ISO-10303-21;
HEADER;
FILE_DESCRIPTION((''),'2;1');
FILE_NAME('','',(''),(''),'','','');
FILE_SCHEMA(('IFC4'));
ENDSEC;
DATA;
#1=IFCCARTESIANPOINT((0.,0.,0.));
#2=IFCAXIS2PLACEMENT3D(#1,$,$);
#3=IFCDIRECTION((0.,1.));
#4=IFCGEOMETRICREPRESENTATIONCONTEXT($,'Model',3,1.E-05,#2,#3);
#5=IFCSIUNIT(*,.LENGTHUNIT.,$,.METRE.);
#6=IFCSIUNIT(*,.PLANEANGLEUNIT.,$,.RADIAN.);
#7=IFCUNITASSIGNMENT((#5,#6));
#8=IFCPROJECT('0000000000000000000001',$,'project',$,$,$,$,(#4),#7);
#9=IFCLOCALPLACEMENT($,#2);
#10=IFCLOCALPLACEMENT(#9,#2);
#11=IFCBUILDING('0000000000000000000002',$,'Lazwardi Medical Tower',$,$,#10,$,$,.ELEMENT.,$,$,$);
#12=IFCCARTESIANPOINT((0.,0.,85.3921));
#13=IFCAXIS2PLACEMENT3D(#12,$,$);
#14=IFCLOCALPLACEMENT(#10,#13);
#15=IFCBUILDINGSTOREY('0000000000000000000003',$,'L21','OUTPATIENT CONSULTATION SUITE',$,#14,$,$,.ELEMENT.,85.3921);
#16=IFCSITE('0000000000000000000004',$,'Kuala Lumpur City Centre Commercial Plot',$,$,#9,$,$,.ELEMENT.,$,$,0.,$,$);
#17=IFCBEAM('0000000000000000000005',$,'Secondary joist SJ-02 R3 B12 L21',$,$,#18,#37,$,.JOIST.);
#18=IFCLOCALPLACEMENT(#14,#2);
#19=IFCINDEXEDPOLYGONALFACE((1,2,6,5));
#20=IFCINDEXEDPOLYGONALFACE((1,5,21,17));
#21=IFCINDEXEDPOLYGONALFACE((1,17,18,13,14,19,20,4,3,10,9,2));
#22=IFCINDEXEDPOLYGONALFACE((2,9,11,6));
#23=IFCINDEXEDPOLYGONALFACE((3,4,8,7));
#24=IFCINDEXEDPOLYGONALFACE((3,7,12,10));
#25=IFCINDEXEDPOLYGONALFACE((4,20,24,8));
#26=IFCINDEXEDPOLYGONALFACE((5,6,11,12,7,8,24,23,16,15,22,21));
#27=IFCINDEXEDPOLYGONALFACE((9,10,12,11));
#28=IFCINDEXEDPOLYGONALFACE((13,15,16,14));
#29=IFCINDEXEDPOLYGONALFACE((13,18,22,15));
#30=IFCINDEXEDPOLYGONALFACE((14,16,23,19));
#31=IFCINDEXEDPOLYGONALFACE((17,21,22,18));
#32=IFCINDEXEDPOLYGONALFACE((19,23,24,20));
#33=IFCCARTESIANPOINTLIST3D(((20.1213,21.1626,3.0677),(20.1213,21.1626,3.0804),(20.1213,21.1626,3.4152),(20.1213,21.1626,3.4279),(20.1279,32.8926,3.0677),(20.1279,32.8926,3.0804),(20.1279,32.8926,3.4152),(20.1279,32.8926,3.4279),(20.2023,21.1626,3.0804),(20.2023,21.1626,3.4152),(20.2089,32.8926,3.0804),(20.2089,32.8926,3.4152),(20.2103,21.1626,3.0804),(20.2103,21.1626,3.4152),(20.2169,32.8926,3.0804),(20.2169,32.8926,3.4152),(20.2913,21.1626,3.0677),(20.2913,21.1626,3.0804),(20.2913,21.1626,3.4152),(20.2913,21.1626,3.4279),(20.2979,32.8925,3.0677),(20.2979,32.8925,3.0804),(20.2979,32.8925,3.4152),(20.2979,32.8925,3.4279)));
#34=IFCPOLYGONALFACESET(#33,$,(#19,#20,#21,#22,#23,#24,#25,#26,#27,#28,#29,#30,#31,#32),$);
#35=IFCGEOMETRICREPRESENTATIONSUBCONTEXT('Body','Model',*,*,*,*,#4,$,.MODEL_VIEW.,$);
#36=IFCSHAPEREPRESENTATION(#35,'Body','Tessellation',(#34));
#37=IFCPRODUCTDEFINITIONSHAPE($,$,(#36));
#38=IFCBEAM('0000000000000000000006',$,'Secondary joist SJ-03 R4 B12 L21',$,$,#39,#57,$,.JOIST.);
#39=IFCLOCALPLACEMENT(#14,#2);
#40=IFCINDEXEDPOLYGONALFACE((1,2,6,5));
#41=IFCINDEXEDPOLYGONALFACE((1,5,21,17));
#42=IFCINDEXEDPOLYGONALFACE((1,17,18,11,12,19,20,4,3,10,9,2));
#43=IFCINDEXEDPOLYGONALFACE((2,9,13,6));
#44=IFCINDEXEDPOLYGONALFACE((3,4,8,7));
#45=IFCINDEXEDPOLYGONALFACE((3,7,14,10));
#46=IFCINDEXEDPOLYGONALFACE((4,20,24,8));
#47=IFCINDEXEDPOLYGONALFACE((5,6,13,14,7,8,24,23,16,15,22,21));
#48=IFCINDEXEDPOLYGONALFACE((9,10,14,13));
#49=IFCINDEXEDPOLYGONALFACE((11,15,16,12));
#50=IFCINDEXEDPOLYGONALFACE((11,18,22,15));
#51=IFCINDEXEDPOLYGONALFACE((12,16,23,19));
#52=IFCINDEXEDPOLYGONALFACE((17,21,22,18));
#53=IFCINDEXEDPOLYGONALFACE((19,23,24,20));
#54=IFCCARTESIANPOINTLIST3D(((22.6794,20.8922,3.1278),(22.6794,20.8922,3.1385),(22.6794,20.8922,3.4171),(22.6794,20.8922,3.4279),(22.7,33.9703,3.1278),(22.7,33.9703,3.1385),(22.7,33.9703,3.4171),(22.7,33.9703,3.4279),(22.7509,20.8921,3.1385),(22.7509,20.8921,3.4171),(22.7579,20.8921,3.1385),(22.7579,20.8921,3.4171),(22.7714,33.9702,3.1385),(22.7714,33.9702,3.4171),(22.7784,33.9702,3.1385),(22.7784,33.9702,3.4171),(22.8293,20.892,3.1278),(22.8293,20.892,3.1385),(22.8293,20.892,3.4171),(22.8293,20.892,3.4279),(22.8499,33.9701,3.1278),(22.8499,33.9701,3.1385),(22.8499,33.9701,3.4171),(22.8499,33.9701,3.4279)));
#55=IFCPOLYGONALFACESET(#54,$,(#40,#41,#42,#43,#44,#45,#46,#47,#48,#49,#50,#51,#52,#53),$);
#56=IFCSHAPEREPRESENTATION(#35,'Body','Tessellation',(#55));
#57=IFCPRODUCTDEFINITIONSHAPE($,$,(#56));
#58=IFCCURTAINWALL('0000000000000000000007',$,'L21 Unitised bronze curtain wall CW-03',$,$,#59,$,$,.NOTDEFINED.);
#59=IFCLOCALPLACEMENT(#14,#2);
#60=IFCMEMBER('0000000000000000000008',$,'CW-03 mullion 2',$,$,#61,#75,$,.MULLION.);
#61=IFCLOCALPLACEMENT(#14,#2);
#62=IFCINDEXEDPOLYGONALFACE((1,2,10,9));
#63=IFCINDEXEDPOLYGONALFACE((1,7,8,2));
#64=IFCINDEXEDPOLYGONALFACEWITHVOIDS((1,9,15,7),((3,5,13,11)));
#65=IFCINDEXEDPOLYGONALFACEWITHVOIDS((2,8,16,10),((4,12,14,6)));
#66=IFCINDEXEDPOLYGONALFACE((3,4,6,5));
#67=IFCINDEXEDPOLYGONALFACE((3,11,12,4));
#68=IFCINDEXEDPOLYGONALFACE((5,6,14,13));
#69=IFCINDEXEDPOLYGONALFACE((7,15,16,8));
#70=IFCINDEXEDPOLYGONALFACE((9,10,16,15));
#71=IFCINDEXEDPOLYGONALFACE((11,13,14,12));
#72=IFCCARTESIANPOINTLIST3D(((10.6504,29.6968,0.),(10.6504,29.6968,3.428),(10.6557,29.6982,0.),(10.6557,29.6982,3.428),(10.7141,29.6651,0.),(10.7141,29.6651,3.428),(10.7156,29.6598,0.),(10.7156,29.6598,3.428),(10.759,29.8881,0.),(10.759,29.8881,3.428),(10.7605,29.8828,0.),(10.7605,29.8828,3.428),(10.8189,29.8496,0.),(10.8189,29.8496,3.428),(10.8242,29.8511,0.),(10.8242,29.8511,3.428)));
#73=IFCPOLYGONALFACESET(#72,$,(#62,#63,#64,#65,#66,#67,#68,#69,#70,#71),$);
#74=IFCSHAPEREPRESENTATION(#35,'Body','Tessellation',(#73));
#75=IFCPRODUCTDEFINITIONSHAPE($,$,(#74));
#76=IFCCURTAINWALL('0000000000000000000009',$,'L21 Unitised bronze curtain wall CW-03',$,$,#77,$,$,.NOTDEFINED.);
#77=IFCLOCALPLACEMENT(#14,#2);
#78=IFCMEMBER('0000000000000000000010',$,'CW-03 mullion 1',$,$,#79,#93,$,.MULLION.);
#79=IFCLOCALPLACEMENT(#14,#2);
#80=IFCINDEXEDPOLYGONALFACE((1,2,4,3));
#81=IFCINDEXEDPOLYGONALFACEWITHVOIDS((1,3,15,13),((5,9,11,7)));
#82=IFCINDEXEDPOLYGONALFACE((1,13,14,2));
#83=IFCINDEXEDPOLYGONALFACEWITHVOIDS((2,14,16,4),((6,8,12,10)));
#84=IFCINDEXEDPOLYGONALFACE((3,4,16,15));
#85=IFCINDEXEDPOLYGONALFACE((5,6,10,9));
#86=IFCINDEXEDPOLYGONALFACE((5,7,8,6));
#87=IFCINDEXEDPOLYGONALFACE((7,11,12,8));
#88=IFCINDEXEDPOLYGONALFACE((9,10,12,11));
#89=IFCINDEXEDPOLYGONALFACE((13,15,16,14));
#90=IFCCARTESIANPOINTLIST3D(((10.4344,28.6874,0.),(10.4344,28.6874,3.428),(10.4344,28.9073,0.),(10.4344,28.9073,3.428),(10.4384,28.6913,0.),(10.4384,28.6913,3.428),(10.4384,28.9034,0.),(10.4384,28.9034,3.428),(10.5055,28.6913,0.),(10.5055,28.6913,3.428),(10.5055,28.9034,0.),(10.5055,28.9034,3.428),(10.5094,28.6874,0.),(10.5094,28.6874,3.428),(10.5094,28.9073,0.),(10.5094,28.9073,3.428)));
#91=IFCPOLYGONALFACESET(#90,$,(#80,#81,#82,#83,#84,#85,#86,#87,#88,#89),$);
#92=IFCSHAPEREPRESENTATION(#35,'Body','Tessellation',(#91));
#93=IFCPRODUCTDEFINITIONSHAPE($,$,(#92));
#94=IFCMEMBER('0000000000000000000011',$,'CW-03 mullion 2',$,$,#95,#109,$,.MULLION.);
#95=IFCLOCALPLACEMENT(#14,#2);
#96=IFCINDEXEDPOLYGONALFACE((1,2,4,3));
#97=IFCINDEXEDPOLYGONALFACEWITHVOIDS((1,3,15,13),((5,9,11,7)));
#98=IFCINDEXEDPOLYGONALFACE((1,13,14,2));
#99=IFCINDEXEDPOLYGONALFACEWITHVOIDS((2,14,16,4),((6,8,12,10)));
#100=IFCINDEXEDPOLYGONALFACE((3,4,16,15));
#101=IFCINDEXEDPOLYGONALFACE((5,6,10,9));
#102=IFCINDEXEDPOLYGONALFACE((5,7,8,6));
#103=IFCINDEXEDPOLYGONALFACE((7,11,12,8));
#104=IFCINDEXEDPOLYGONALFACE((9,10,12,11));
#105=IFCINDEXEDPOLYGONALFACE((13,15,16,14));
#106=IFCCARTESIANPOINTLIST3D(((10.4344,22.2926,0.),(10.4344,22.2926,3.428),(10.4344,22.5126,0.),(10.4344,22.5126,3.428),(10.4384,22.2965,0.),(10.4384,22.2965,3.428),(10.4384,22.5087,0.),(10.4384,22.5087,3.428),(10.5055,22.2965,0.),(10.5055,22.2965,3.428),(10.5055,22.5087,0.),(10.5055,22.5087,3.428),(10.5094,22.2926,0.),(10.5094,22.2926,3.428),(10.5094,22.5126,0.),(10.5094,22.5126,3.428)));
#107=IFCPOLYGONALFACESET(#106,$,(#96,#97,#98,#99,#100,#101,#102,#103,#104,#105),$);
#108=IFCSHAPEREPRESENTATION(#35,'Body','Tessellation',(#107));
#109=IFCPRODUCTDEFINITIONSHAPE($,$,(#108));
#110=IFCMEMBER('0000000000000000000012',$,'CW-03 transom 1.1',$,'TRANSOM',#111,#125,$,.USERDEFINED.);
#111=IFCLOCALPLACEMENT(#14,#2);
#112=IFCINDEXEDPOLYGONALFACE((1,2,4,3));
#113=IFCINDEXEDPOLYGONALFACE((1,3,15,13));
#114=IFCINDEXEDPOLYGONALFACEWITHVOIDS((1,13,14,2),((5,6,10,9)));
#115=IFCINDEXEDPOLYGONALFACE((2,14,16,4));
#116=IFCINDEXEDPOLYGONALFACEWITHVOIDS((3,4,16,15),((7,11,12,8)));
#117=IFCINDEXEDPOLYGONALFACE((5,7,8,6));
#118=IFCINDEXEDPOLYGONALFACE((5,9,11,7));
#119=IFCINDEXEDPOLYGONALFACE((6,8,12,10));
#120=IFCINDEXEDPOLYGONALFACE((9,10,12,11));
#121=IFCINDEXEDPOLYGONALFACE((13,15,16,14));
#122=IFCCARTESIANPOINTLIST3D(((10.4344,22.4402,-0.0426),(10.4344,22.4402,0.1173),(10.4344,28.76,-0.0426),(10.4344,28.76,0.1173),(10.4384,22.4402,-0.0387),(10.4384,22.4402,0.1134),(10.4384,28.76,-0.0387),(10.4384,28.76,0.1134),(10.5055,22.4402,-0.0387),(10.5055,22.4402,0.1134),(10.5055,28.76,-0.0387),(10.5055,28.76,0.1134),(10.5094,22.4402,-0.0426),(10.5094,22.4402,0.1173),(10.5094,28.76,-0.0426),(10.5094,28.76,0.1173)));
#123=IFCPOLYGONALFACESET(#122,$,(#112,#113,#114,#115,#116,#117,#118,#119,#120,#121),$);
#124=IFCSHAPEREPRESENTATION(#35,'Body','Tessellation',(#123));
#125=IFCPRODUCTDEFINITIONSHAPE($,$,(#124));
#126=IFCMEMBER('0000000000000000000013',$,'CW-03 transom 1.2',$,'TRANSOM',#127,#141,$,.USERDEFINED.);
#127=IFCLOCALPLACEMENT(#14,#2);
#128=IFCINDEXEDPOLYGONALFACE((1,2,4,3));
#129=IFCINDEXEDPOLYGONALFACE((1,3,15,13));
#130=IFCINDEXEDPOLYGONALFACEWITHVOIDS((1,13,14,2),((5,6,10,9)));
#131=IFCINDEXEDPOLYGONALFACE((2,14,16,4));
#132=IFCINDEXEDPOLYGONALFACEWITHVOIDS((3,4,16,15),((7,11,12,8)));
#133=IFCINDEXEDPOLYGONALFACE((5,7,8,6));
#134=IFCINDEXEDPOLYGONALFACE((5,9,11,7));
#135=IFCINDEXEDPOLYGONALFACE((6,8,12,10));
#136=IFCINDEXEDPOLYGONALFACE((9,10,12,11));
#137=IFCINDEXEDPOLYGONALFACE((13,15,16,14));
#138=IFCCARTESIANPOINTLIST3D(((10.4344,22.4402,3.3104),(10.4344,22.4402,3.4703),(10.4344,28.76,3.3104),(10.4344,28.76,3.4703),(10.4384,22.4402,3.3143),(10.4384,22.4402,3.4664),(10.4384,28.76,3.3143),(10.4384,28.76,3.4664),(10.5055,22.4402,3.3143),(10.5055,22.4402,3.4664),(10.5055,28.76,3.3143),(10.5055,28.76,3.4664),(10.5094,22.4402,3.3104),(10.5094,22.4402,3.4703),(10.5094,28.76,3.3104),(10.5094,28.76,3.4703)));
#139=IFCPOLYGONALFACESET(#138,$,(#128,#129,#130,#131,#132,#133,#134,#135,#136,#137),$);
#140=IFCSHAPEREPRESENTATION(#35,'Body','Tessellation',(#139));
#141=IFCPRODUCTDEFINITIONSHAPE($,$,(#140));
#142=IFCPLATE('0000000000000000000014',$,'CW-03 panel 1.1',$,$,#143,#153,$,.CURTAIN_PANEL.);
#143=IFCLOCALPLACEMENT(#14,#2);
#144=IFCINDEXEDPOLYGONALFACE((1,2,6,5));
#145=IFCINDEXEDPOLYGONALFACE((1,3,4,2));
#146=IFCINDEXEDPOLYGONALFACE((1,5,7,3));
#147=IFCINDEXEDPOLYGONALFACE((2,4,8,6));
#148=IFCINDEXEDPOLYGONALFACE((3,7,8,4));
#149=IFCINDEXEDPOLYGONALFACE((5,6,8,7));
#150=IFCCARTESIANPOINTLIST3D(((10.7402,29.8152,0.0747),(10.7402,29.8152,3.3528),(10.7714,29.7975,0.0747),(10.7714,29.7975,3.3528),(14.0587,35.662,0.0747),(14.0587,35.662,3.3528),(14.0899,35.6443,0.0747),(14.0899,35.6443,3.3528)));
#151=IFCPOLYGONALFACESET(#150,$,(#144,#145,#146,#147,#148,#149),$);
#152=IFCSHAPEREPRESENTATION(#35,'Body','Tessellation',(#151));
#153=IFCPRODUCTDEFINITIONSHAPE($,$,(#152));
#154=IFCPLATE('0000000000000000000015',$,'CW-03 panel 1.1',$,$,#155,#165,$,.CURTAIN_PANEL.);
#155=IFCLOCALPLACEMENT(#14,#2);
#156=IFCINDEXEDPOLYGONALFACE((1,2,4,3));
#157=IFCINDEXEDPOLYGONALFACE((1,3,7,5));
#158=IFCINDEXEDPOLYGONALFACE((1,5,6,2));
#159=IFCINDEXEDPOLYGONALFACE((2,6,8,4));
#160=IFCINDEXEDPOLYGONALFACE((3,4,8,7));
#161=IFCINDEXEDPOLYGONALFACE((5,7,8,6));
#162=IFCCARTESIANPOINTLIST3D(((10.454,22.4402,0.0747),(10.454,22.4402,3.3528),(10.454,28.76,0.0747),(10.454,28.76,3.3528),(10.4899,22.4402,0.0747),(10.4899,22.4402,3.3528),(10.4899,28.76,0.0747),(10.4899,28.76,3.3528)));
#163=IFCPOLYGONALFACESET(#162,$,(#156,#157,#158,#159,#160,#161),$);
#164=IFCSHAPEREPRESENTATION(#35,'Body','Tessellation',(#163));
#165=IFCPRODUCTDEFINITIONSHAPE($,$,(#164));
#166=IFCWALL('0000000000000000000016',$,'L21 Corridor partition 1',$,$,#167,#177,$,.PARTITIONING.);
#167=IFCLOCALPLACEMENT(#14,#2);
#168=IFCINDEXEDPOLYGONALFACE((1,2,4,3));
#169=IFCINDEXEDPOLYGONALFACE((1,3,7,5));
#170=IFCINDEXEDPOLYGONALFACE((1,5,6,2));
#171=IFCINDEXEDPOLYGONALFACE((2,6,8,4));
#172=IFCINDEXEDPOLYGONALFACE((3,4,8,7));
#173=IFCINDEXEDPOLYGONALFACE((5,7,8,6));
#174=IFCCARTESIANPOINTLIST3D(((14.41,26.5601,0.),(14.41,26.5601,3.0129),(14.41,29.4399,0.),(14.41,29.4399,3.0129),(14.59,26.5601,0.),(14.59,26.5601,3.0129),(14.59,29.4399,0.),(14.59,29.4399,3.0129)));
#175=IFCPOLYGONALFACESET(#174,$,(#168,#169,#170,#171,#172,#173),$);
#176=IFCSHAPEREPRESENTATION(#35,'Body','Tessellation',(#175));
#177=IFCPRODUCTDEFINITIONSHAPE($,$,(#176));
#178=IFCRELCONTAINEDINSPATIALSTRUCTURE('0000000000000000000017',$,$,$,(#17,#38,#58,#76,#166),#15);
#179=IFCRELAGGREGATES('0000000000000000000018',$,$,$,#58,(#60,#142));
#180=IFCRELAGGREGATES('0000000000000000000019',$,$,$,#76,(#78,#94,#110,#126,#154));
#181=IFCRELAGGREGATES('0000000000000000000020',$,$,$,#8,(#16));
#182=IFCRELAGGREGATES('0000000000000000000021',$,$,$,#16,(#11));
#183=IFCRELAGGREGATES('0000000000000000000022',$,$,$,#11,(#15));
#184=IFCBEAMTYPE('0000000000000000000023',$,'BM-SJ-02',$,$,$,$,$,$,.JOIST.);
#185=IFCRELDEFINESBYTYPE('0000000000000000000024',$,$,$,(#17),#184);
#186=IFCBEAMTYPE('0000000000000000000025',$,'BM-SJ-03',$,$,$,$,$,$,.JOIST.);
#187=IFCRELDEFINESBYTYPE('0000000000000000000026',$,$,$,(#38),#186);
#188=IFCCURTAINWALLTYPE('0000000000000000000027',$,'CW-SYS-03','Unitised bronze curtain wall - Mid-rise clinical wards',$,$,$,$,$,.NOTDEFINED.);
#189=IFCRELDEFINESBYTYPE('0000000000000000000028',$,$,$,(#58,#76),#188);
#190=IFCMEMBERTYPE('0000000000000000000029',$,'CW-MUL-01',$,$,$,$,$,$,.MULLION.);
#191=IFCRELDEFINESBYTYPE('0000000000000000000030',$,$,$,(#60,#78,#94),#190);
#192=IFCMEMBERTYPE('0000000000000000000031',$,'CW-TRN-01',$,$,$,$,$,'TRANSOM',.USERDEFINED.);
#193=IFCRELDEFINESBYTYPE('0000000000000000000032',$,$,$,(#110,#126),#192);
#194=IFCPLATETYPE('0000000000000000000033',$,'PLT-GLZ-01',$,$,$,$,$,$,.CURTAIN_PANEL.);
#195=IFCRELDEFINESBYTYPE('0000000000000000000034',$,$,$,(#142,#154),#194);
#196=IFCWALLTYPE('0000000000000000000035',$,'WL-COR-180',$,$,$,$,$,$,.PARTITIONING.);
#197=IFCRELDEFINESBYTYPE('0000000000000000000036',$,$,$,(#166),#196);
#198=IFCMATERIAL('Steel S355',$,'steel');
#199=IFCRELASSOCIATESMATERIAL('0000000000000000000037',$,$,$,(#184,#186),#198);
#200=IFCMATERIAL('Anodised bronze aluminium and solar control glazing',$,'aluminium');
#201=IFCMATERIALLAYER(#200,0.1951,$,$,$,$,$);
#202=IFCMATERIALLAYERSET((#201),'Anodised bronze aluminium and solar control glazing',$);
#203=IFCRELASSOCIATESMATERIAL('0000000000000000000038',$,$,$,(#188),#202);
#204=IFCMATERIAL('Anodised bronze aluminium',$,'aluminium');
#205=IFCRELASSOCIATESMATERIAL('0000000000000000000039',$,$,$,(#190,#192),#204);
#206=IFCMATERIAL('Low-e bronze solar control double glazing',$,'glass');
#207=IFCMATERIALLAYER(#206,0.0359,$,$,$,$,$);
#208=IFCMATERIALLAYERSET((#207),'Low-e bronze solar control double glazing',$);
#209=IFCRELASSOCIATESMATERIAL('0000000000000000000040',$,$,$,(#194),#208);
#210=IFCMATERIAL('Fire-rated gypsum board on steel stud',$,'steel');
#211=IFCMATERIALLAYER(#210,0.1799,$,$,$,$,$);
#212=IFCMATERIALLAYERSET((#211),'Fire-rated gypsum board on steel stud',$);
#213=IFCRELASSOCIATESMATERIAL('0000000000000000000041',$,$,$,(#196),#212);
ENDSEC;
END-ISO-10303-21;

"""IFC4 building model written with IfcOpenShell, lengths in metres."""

from ifc_helpers import new_model, si_unit, direction, frame, frame_2d, origin, origin_2d, place, context, subcontext, project, spatial, rectangle, hollow_rectangle, i_section, extrude, material, layer, layer_set, material_profile, profile_set, type_object, element, aggregate, save


model = new_model("IFC4")

# Units and contexts
model_context = context("Model", 3, precision=1e-05, world=origin(), true_north=direction((0.0, 1.0)))
body_context = subcontext(model_context, "Body", "Model", "MODEL_VIEW")
ifc_project = project(units=[si_unit("LENGTHUNIT", "METRE"), si_unit("PLANEANGLEUNIT", "RADIAN")], contexts=[model_context])

# Site, building, storey
site_placement = place(None, origin())
site = spatial("IfcSite", under=ifc_project, at=site_placement, Name="Kuala Lumpur City Centre Commercial Plot", CompositionType="ELEMENT", RefElevation=0.0)
building_placement = place(site_placement, origin())
building = spatial("IfcBuilding", under=site, at=building_placement, Name="Lazwardi Medical Tower", CompositionType="ELEMENT")
storey_placement = place(building_placement, frame((0.0, 0.0, 85.3921)))
storey = spatial("IfcBuildingStorey", under=building, at=storey_placement, Name="L21", Description="OUTPATIENT CONSULTATION SUITE", CompositionType="ELEMENT", Elevation=85.3921)

# Beams
ifc_material_1 = material(Name="Steel S355", Category="steel")
ifc_material_profile_1 = material_profile(ifc_material_1, i_section(OverallWidth=0.1699, OverallDepth=0.3601, WebThickness=0.0081, FlangeThickness=0.0127, at=origin_2d()), Name="IPE 360")
ifc_profile_set_1 = profile_set([ifc_material_profile_1], Name="Steel S355")
beam_type_1 = type_object("IfcBeamType", Name="BM-SJ-02", PredefinedType="JOIST", material=ifc_profile_set_1)
beam_1_placement = place(storey_placement, frame((20.2129, 32.8926, 3.2478), z_axis=(-0.000562, -1.0, 0.0), x_axis=(1.0, -0.000562, 0.0)))
element("IfcBeam", 1, at=beam_1_placement, inside=storey, type_object=beam_type_1, Name="Secondary joist SJ-02 R3 B12 L21", PredefinedType="JOIST", context=body_context, shape_type="SweptSolid", body=[
    extrude(i_section(OverallWidth=0.1699, OverallDepth=0.3601, WebThickness=0.0081, FlangeThickness=0.0127, at=origin_2d()), origin(), (0.0, 0.0, 1.0), 11.73),
])
ifc_material_profile_2 = material_profile(ifc_material_1, i_section(OverallWidth=0.1499, OverallDepth=0.3, WebThickness=0.0071, FlangeThickness=0.0107, at=origin_2d()), Name="IPE 300")
ifc_profile_set_2 = profile_set([ifc_material_profile_2], Name="Steel S355")
beam_type_2 = type_object("IfcBeamType", Name="BM-SJ-03", PredefinedType="JOIST", material=ifc_profile_set_2)
beam_2_placement = place(storey_placement, frame((22.7749, 33.9702, 3.2778), z_axis=(-0.001568, -0.999999, 0.0), x_axis=(0.999999, -0.001568, 0.0)))
element("IfcBeam", 2, at=beam_2_placement, inside=storey, type_object=beam_type_2, Name="Secondary joist SJ-03 R4 B12 L21", PredefinedType="JOIST", context=body_context, shape_type="SweptSolid", body=[
    extrude(i_section(OverallWidth=0.1499, OverallDepth=0.3, WebThickness=0.0071, FlangeThickness=0.0107, at=origin_2d()), origin(), (0.0, 0.0, 1.0), 13.0781),
])

# Curtain wall, member
ifc_material_2 = material(Name="Anodised bronze aluminium and solar control glazing", Category="aluminium")
ifc_layer_1 = layer(ifc_material_2, 0.1951)
ifc_layer_set_1 = layer_set([ifc_layer_1], Name="Anodised bronze aluminium and solar control glazing")
curtain_wall_type = type_object("IfcCurtainWallType", Name="CW-SYS-03", Description="Unitised bronze curtain wall - Mid-rise clinical wards", PredefinedType="NOTDEFINED", material=ifc_layer_set_1)
curtain_wall_1_placement = place(storey_placement, origin())
curtain_wall_1 = element("IfcCurtainWall", 3, at=curtain_wall_1_placement, inside=storey, type_object=curtain_wall_type, Name="L21 Unitised bronze curtain wall CW-03", PredefinedType="NOTDEFINED")
ifc_material_3 = material(Name="Anodised bronze aluminium", Category="aluminium")
ifc_material_profile_3 = material_profile(ifc_material_3, hollow_rectangle(XDim=0.075, YDim=0.22, WallThickness=0.0039, at=origin_2d()), Name="ALU-MULLION 220x75x4")
ifc_profile_set_3 = profile_set([ifc_material_profile_3], Name="Anodised bronze aluminium")
member_type_1 = type_object("IfcMemberType", Name="CW-MUL-01", PredefinedType="MULLION", material=ifc_profile_set_3)
member_1_placement = place(storey_placement, frame((10.7373, 29.7739, 0.0), z_axis=(0.0, 0.0, 1.0), x_axis=(0.869687, -0.493603, 0.0)))
member_1 = element("IfcMember", 4, at=member_1_placement, type_object=member_type_1, Name="CW-03 mullion 2", PredefinedType="MULLION", context=body_context, shape_type="SweptSolid", body=[
    extrude(hollow_rectangle(XDim=0.075, YDim=0.22, WallThickness=0.0039, at=origin_2d()), origin(), (0.0, 0.0, 1.0), 3.428),
])

# Curtain wall, members
curtain_wall_2_placement = place(storey_placement, origin())
curtain_wall_2 = element("IfcCurtainWall", 5, at=curtain_wall_2_placement, inside=storey, type_object=curtain_wall_type, Name="L21 Unitised bronze curtain wall CW-03", PredefinedType="NOTDEFINED")
member_2_placement = place(storey_placement, frame((10.4719, 28.7974, 0.0), z_axis=(0.0, 0.0, 1.0), x_axis=(1.0, 0.0, 0.0)))
member_2 = element("IfcMember", 6, at=member_2_placement, type_object=member_type_1, Name="CW-03 mullion 1", PredefinedType="MULLION", context=body_context, shape_type="SweptSolid", body=[
    extrude(hollow_rectangle(XDim=0.075, YDim=0.22, WallThickness=0.0039, at=origin_2d()), origin(), (0.0, 0.0, 1.0), 3.428),
])
member_3_placement = place(storey_placement, frame((10.4719, 22.4026, 0.0), z_axis=(0.0, 0.0, 1.0), x_axis=(1.0, 0.0, 0.0)))
member_3 = element("IfcMember", 7, at=member_3_placement, type_object=member_type_1, Name="CW-03 mullion 2", PredefinedType="MULLION", context=body_context, shape_type="SweptSolid", body=[
    extrude(hollow_rectangle(XDim=0.075, YDim=0.22, WallThickness=0.0039, at=origin_2d()), origin(), (0.0, 0.0, 1.0), 3.428),
])
ifc_material_profile_4 = material_profile(ifc_material_3, hollow_rectangle(XDim=0.075, YDim=0.1599, WallThickness=0.0039, at=origin_2d()), Name="ALU-TRANSOM 160x75x4")
ifc_profile_set_4 = profile_set([ifc_material_profile_4], Name="Anodised bronze aluminium")
member_type_2 = type_object("IfcMemberType", Name="CW-TRN-01", ElementType="TRANSOM", PredefinedType="USERDEFINED", material=ifc_profile_set_4)
member_4_placement = place(storey_placement, frame((10.4719, 28.76, 0.0374), z_axis=(0.0, -1.0, 0.0), x_axis=(1.0, 0.0, 0.0)))
member_4 = element("IfcMember", 8, at=member_4_placement, type_object=member_type_2, Name="CW-03 transom 1.1", ObjectType="TRANSOM", PredefinedType="USERDEFINED", context=body_context, shape_type="SweptSolid", body=[
    extrude(hollow_rectangle(XDim=0.075, YDim=0.1599, WallThickness=0.0039, at=origin_2d()), origin(), (0.0, 0.0, 1.0), 6.3198),
])
member_5_placement = place(storey_placement, frame((10.4719, 28.76, 3.3904), z_axis=(0.0, -1.0, 0.0), x_axis=(1.0, 0.0, 0.0)))
member_5 = element("IfcMember", 9, at=member_5_placement, type_object=member_type_2, Name="CW-03 transom 1.2", ObjectType="TRANSOM", PredefinedType="USERDEFINED", context=body_context, shape_type="SweptSolid", body=[
    extrude(hollow_rectangle(XDim=0.075, YDim=0.1599, WallThickness=0.0039, at=origin_2d()), origin(), (0.0, 0.0, 1.0), 6.3198),
])

# Plates
ifc_material_4 = material(Name="Low-e bronze solar control double glazing", Category="glass")
ifc_layer_2 = layer(ifc_material_4, 0.0359)
ifc_layer_set_2 = layer_set([ifc_layer_2], Name="Low-e bronze solar control double glazing")
plate_type = type_object("IfcPlateType", Name="PLT-GLZ-01", PredefinedType="CURTAIN_PANEL", material=ifc_layer_set_2)
plate_1_placement = place(storey_placement, frame((12.415, 32.7297, 0.0747), z_axis=(0.0, 0.0, 1.0), x_axis=(-0.493603, -0.869687, 0.0)))
plate_1 = element("IfcPlate", 10, at=plate_1_placement, type_object=plate_type, Name="CW-03 panel 1.1", PredefinedType="CURTAIN_PANEL", context=body_context, shape_type="SweptSolid", body=[
    extrude(rectangle(XDim=6.7229, YDim=0.0359, at=origin_2d()), origin(), (0.0, 0.0, 1.0), 3.2781),
])
aggregate(curtain_wall_1, [member_1, plate_1])
plate_2_placement = place(storey_placement, frame((10.4719, 25.6001, 0.0747), z_axis=(0.0, 0.0, 1.0), x_axis=(0.0, -1.0, 0.0)))
plate_2 = element("IfcPlate", 11, at=plate_2_placement, type_object=plate_type, Name="CW-03 panel 1.1", PredefinedType="CURTAIN_PANEL", context=body_context, shape_type="SweptSolid", body=[
    extrude(rectangle(XDim=6.3198, YDim=0.0359, at=origin_2d()), origin(), (0.0, 0.0, 1.0), 3.2781),
])
aggregate(curtain_wall_2, [member_2, member_3, member_4, member_5, plate_2])

# Wall
ifc_material_5 = material(Name="Fire-rated gypsum board on steel stud", Category="steel")
ifc_layer_3 = layer(ifc_material_5, 0.1799)
ifc_layer_set_3 = layer_set([ifc_layer_3], Name="Fire-rated gypsum board on steel stud")
wall_type_1 = type_object("IfcWallType", Name="WL-COR-180", PredefinedType="PARTITIONING", material=ifc_layer_set_3)
wall_1_placement = place(storey_placement, frame((14.5, 26.5601, 0.0), z_axis=(0.0, 0.0, 1.0), x_axis=(0.0, 1.0, 0.0)))
element("IfcWall", 12, at=wall_1_placement, inside=storey, type_object=wall_type_1, Name="L21 Corridor partition 1", PredefinedType="PARTITIONING", context=body_context, shape_type="SweptSolid", body=[
    extrude(rectangle(XDim=2.8799, YDim=0.1799, at=frame_2d((1.4399, 0.0))), origin(), (0.0, 0.0, 1.0), 3.0129),
])

save(model, "model.ifc")
